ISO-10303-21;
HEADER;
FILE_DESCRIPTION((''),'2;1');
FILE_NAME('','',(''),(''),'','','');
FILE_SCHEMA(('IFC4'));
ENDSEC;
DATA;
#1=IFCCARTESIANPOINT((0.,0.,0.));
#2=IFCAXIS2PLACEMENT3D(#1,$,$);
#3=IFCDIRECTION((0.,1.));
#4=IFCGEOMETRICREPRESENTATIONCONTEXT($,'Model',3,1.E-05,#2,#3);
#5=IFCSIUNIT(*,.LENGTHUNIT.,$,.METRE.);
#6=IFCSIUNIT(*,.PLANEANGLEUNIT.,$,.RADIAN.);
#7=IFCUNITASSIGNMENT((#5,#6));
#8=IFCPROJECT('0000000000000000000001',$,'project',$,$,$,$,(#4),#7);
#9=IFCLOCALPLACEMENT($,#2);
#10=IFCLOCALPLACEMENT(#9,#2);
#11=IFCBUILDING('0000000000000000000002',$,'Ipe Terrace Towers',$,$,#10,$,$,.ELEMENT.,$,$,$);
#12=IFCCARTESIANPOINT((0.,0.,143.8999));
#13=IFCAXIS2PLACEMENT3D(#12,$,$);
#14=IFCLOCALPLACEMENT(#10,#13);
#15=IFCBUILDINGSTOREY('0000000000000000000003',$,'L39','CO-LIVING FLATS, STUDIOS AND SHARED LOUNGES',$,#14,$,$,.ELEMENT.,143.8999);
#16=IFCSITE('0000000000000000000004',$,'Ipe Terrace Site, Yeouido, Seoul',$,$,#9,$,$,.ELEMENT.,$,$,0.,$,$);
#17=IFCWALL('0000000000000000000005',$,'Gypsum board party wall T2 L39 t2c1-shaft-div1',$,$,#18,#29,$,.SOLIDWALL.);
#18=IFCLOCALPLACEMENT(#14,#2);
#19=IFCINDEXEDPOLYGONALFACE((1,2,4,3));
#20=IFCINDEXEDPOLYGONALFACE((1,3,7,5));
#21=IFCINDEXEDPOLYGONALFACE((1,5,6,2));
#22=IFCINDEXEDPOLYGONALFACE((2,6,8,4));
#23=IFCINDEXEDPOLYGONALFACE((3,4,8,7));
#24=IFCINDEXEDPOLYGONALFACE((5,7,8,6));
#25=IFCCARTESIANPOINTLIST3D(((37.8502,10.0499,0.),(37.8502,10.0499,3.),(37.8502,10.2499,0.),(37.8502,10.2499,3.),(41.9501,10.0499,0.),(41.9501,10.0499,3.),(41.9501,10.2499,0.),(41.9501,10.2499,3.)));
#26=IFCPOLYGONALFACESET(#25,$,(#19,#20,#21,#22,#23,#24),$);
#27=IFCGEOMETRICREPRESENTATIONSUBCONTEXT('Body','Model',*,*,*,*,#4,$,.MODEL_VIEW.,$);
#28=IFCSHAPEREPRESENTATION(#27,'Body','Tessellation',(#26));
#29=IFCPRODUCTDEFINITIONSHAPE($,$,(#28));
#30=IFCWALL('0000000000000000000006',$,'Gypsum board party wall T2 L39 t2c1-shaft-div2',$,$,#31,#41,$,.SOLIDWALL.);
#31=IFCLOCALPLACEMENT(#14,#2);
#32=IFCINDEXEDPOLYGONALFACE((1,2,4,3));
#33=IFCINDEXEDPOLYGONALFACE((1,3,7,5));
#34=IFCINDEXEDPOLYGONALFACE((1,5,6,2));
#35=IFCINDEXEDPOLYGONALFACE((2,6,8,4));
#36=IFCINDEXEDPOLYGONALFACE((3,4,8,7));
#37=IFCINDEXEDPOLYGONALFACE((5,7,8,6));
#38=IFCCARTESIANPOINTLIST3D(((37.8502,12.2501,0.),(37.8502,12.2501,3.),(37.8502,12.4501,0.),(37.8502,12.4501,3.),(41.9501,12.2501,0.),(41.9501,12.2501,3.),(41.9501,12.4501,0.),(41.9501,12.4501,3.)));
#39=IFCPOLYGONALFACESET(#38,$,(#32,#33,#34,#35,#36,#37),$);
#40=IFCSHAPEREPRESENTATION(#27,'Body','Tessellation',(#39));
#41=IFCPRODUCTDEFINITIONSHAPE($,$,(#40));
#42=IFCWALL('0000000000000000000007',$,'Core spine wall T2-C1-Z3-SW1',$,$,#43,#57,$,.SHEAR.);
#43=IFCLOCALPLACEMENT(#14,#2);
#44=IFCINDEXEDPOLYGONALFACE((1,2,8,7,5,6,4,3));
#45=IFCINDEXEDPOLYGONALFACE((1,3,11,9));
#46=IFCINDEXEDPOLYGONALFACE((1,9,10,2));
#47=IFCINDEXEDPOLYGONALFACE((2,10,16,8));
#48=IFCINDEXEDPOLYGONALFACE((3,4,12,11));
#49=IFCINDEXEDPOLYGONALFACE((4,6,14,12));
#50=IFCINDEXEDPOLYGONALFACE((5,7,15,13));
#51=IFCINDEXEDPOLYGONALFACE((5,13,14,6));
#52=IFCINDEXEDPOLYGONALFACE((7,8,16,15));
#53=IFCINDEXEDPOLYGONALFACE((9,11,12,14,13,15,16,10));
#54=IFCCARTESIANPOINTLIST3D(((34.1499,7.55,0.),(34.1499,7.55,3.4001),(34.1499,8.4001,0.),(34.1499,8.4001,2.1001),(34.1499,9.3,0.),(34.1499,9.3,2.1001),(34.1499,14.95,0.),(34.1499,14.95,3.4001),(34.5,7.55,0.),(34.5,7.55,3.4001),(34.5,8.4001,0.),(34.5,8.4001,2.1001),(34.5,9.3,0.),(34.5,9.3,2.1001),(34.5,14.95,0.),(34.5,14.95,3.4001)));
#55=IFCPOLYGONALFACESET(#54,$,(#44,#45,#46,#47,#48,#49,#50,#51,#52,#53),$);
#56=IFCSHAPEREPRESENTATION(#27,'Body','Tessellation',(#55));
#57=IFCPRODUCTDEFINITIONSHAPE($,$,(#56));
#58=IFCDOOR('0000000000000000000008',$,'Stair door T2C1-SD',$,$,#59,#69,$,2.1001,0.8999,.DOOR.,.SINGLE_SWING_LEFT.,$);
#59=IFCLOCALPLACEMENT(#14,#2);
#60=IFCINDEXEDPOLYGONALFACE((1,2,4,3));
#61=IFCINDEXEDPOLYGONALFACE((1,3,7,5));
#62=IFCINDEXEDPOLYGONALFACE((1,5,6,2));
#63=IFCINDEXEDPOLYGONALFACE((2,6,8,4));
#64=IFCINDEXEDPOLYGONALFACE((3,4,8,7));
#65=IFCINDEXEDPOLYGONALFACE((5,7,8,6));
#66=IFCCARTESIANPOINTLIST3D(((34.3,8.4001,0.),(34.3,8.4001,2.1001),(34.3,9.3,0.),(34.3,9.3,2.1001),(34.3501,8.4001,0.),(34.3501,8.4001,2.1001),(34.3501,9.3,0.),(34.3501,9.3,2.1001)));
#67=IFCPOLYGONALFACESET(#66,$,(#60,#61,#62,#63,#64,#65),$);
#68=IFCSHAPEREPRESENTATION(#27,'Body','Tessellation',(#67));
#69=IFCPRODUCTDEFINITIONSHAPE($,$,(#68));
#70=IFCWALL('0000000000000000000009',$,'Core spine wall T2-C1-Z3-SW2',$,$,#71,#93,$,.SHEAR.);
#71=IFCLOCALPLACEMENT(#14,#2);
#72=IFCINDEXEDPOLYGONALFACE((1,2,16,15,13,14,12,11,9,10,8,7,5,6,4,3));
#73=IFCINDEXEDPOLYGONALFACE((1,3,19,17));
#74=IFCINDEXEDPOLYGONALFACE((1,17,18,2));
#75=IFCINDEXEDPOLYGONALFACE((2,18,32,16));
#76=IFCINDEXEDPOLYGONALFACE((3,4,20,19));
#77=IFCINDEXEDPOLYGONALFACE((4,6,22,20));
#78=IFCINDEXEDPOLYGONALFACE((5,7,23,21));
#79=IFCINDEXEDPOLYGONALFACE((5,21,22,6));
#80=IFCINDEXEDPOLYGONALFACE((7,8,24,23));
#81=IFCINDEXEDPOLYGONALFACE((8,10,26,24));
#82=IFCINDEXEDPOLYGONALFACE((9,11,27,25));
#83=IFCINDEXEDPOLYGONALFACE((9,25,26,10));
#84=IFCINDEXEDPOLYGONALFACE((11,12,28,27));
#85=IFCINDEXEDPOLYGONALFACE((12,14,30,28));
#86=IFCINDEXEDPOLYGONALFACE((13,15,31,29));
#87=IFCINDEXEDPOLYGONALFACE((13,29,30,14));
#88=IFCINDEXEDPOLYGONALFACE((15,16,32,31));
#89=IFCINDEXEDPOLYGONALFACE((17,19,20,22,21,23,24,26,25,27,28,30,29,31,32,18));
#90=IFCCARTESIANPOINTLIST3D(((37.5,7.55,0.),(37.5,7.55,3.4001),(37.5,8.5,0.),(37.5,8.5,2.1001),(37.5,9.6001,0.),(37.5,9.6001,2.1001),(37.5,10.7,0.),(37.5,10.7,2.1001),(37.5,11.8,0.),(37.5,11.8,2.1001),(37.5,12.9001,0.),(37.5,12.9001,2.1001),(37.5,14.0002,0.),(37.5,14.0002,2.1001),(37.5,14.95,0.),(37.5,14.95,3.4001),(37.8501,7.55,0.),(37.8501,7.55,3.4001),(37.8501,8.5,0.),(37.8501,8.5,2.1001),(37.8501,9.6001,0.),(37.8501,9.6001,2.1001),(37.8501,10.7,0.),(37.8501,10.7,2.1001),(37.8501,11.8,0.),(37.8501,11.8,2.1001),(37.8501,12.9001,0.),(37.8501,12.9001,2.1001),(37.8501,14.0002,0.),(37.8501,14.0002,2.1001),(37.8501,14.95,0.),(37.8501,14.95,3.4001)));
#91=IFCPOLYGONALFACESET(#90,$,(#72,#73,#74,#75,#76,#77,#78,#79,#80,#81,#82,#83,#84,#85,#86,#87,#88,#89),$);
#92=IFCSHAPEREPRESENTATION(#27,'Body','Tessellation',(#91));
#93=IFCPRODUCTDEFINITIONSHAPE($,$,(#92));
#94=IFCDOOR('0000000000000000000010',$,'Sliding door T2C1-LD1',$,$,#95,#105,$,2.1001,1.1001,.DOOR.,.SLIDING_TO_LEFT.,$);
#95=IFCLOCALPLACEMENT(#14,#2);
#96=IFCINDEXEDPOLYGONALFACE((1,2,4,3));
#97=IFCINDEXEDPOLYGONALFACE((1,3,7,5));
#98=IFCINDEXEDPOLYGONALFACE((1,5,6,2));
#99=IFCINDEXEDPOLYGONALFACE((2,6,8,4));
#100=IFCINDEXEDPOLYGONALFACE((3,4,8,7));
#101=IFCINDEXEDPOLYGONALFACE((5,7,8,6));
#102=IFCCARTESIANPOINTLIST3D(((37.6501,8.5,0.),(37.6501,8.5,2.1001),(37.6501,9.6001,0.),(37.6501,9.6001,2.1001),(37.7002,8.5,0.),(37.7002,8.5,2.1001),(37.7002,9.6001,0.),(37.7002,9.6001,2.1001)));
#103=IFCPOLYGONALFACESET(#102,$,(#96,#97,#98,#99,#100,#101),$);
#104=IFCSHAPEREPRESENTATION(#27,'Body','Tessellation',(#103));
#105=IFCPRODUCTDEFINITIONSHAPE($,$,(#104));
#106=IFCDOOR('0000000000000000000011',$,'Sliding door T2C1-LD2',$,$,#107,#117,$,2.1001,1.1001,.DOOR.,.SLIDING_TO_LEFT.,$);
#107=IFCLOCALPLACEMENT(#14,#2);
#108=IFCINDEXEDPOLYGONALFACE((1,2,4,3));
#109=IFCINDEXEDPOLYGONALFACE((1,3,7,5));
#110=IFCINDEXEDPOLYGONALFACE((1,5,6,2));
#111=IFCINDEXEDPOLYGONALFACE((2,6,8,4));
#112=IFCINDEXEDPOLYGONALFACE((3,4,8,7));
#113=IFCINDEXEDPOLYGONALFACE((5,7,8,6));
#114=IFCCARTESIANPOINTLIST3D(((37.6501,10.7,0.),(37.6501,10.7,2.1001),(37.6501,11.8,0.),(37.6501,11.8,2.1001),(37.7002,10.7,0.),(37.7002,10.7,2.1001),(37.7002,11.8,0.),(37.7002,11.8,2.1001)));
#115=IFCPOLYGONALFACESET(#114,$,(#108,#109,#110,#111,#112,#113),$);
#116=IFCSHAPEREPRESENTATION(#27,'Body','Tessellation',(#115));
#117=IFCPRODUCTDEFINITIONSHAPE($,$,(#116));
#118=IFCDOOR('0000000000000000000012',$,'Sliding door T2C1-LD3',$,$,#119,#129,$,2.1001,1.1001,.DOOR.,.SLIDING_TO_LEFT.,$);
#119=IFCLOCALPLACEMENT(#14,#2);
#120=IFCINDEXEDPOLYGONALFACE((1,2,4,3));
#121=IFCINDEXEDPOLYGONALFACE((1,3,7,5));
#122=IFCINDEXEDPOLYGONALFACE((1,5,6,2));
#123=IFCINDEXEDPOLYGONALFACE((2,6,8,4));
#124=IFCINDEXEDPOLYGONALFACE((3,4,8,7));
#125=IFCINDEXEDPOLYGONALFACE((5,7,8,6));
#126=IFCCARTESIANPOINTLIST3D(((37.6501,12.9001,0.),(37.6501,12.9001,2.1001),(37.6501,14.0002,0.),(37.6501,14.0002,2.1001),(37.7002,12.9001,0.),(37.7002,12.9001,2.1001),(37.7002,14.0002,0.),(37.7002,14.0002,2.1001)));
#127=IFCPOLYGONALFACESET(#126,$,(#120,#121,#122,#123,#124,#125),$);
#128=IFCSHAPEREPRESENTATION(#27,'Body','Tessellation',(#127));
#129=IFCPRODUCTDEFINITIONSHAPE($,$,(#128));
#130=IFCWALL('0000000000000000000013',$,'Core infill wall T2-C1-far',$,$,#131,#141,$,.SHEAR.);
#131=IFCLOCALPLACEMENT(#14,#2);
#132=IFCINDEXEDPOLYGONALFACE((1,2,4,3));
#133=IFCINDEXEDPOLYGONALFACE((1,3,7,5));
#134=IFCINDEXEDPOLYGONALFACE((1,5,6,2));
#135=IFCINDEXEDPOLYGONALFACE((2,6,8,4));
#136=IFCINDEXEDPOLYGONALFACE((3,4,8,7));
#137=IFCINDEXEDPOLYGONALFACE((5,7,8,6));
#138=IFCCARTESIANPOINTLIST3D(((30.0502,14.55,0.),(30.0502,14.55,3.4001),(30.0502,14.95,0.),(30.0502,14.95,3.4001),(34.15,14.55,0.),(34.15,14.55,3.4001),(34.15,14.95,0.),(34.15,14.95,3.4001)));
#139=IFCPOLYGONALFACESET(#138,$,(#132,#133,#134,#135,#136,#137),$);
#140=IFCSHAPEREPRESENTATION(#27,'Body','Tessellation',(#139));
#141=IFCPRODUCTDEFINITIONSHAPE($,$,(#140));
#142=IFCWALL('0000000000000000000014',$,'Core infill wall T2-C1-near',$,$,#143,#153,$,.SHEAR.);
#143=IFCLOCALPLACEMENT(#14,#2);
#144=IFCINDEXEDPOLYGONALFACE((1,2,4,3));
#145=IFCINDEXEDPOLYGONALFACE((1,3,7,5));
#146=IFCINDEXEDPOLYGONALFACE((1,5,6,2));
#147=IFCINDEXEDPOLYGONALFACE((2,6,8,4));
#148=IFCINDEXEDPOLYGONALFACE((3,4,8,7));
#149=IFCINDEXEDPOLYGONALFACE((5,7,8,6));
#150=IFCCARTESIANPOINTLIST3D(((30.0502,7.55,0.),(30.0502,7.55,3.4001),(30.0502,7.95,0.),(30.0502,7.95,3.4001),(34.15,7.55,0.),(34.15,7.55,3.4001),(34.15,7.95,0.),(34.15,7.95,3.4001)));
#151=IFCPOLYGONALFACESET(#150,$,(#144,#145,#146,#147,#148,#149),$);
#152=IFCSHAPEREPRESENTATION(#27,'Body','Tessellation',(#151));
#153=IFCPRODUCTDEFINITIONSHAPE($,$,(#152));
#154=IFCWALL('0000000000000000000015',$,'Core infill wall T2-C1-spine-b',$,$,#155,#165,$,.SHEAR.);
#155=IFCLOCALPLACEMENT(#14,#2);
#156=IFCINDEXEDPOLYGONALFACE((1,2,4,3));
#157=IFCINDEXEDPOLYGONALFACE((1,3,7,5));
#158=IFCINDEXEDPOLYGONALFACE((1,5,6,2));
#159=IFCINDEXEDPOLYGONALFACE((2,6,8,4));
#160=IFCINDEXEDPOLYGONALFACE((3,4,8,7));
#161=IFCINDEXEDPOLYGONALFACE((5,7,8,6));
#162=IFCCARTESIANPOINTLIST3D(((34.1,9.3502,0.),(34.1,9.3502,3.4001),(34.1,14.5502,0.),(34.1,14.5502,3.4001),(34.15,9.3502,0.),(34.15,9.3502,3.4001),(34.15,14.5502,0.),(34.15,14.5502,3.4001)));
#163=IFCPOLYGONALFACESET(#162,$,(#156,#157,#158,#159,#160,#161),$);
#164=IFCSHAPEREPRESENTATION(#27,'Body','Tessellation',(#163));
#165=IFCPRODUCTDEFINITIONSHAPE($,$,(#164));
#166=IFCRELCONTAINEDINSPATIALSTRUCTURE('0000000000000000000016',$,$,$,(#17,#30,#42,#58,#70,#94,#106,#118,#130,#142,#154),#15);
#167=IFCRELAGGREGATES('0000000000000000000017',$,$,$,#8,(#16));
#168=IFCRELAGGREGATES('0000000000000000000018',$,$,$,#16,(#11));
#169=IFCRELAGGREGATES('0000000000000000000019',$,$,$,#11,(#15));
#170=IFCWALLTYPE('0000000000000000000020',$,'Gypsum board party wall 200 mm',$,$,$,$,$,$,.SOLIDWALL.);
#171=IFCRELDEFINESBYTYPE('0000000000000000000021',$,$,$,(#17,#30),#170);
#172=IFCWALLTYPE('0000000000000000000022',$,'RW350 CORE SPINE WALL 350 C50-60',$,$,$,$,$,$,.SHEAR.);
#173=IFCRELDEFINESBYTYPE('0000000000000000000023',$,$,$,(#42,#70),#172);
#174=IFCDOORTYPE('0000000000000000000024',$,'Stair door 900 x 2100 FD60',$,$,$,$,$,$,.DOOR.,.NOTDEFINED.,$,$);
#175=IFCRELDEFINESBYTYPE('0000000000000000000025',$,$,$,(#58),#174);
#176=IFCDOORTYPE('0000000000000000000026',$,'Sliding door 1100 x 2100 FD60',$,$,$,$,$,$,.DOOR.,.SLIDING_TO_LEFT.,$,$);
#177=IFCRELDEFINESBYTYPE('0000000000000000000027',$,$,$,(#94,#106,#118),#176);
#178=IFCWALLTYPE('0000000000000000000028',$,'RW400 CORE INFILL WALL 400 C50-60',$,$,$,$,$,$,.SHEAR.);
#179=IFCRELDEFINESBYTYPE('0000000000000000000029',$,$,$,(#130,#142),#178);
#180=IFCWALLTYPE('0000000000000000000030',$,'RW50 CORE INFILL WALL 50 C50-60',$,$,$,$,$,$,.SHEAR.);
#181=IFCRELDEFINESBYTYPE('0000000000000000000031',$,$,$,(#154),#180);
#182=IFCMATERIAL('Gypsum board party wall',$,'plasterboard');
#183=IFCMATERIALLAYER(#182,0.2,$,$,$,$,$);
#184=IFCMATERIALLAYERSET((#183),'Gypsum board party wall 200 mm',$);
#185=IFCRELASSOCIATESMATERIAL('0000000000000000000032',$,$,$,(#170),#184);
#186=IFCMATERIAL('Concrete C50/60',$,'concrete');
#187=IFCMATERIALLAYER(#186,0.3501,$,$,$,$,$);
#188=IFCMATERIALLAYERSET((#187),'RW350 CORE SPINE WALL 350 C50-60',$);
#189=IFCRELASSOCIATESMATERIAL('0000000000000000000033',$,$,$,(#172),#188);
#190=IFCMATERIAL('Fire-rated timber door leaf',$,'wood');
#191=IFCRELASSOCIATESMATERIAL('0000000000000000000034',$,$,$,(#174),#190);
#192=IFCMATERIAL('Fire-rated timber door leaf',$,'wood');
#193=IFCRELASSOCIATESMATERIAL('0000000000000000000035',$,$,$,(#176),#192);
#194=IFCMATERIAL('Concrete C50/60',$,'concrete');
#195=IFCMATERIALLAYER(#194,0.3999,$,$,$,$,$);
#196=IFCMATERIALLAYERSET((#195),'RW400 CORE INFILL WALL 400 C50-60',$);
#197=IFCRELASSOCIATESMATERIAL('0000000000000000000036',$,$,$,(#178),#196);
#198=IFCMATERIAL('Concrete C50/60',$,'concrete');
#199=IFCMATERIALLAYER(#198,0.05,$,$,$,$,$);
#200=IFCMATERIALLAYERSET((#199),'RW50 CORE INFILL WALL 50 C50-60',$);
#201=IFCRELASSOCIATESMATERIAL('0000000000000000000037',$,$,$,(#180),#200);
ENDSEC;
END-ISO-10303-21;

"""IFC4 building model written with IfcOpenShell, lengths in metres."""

from ifc_helpers import new_model, si_unit, direction, frame, frame_2d, origin, place, context, subcontext, project, spatial, rectangle, extrude, material, layer, layer_set, type_object, element, fill, save


model = new_model("IFC4")

# Units and contexts
model_context = context("Model", 3, precision=1e-05, world=origin(), true_north=direction((0.0, 1.0)))
body_context = subcontext(model_context, "Body", "Model", "MODEL_VIEW")
ifc_project = project(units=[si_unit("LENGTHUNIT", "METRE"), si_unit("PLANEANGLEUNIT", "RADIAN")], contexts=[model_context])

# Site, building, storey
site_placement = place(None, origin())
site = spatial("IfcSite", under=ifc_project, at=site_placement, Name="Ipe Terrace Site, Yeouido, Seoul", CompositionType="ELEMENT", RefElevation=0.0)
building_placement = place(site_placement, origin())
building = spatial("IfcBuilding", under=site, at=building_placement, Name="Ipe Terrace Towers", CompositionType="ELEMENT")
storey_placement = place(building_placement, frame((0.0, 0.0, 143.8999)))
storey = spatial("IfcBuildingStorey", under=building, at=storey_placement, Name="L39", Description="CO-LIVING FLATS, STUDIOS AND SHARED LOUNGES", CompositionType="ELEMENT", Elevation=143.8999)

# Walls
ifc_material_1 = material(Name="Gypsum board party wall", Category="plasterboard")
ifc_layer_1 = layer(ifc_material_1, 0.2)
ifc_layer_set_1 = layer_set([ifc_layer_1], Name="Gypsum board party wall 200 mm")
wall_type_1 = type_object("IfcWallType", Name="Gypsum board party wall 200 mm", PredefinedType="SOLIDWALL", material=ifc_layer_set_1)
for number, where, z_axis, x_axis, name in (
    (1, (41.95, 10.1499, 0.0), (0.0, 0.0, 1.0), (-1.0, 0.0, 0.0), "Gypsum board party wall T2 L39 t2c1-shaft-div1"),
    (2, (41.95, 12.3501, 0.0), (0.0, 0.0, 1.0), (-1.0, 0.0, 0.0), "Gypsum board party wall T2 L39 t2c1-shaft-div2"),
):
    element("IfcWall", number, at=place(storey_placement, frame(where, z_axis=z_axis, x_axis=x_axis)), inside=storey, type_object=wall_type_1, Name=name, PredefinedType="SOLIDWALL", context=body_context, shape_type="SweptSolid", body=[
        extrude(rectangle(XDim=4.0999, YDim=0.2, at=frame_2d((2.0498, 0.0))), origin(), (0.0, 0.0, 1.0), 3.0),
    ])

# Wall, opening, door
ifc_material_2 = material(Name="Concrete C50/60", Category="concrete")
ifc_layer_2 = layer(ifc_material_2, 0.3501)
ifc_layer_set_2 = layer_set([ifc_layer_2], Name="RW350 CORE SPINE WALL 350 C50-60")
wall_type_2 = type_object("IfcWallType", Name="RW350 CORE SPINE WALL 350 C50-60", PredefinedType="SHEAR", material=ifc_layer_set_2)
wall_1_placement = place(storey_placement, frame((34.325, 7.55, 0.0), z_axis=(0.0, 0.0, 1.0), x_axis=(0.0, 1.0, 0.0)))
wall_1 = element("IfcWall", 3, at=wall_1_placement, inside=storey, type_object=wall_type_2, Name="Core spine wall T2-C1-Z3-SW1", PredefinedType="SHEAR", context=body_context, shape_type="SweptSolid", body=[
    extrude(rectangle(XDim=7.3999, YDim=0.3501, at=frame_2d((3.7, 0.0))), origin(), (0.0, 0.0, 1.0), 3.4001),
])
opening_1_placement = place(wall_1_placement, frame((0.8501, 0.0, 0.0)))
opening_1 = element("IfcOpeningElement", 4, at=opening_1_placement, cuts=wall_1, PredefinedType="OPENING", context=body_context, shape_type="SweptSolid", body=[
    extrude(rectangle(XDim=0.8999, YDim=2.1001, at=frame_2d((0.45, 1.05))), frame((0.0, 0.1851, 0.0), z_axis=(0.0, -1.0, 0.0), x_axis=(1.0, 0.0, 0.0)), (0.0, 0.0, 1.0), 0.3701),
])
ifc_material_3 = material(Name="Fire-rated timber door leaf", Category="wood")
door_type_1 = type_object("IfcDoorType", Name="Stair door 900 x 2100 FD60", OperationType="NOTDEFINED", PredefinedType="DOOR", material=ifc_material_3)
door_1_placement = place(opening_1_placement, origin())
door_1 = element("IfcDoor", 5, at=door_1_placement, inside=storey, type_object=door_type_1, Name="Stair door T2C1-SD", OperationType="SINGLE_SWING_LEFT", OverallHeight=2.1001, OverallWidth=0.8999, PredefinedType="DOOR", context=body_context, shape_type="SweptSolid", body=[
    extrude(rectangle(XDim=0.8999, YDim=2.1001, at=frame_2d((0.45, 1.05))), frame((0.0, 0.0249, 0.0), z_axis=(0.0, -1.0, 0.0), x_axis=(1.0, 0.0, 0.0)), (0.0, 0.0, 1.0), 0.05),
])
fill(opening_1, door_1)

# Wall, openings, doors
wall_2_placement = place(storey_placement, frame((37.675, 7.55, 0.0), z_axis=(0.0, 0.0, 1.0), x_axis=(0.0, 1.0, 0.0)))
wall_2 = element("IfcWall", 6, at=wall_2_placement, inside=storey, type_object=wall_type_2, Name="Core spine wall T2-C1-Z3-SW2", PredefinedType="SHEAR", context=body_context, shape_type="SweptSolid", body=[
    extrude(rectangle(XDim=7.3999, YDim=0.3501, at=frame_2d((3.7, 0.0))), origin(), (0.0, 0.0, 1.0), 3.4001),
])
opening_2_placement = place(wall_2_placement, frame((0.95, 0.0, 0.0)))
opening_2 = element("IfcOpeningElement", 7, at=opening_2_placement, cuts=wall_2, PredefinedType="OPENING", context=body_context, shape_type="SweptSolid", body=[
    extrude(rectangle(XDim=1.1001, YDim=2.1001, at=frame_2d((0.55, 1.05))), frame((0.0, 0.1851, 0.0), z_axis=(0.0, -1.0, 0.0), x_axis=(1.0, 0.0, 0.0)), (0.0, 0.0, 1.0), 0.3701),
])
opening_3_placement = place(wall_2_placement, frame((3.1499, 0.0, 0.0)))
opening_3 = element("IfcOpeningElement", 8, at=opening_3_placement, cuts=wall_2, PredefinedType="OPENING", context=body_context, shape_type="SweptSolid", body=[
    extrude(rectangle(XDim=1.1001, YDim=2.1001, at=frame_2d((0.55, 1.05))), frame((0.0, 0.1851, 0.0), z_axis=(0.0, -1.0, 0.0), x_axis=(1.0, 0.0, 0.0)), (0.0, 0.0, 1.0), 0.3701),
])
opening_4_placement = place(wall_2_placement, frame((5.3501, 0.0, 0.0)))
opening_4 = element("IfcOpeningElement", 9, at=opening_4_placement, cuts=wall_2, PredefinedType="OPENING", context=body_context, shape_type="SweptSolid", body=[
    extrude(rectangle(XDim=1.1001, YDim=2.1001, at=frame_2d((0.55, 1.05))), frame((0.0, 0.1851, 0.0), z_axis=(0.0, -1.0, 0.0), x_axis=(1.0, 0.0, 0.0)), (0.0, 0.0, 1.0), 0.3701),
])
ifc_material_4 = material(Name="Fire-rated timber door leaf", Category="wood")
door_type_2 = type_object("IfcDoorType", Name="Sliding door 1100 x 2100 FD60", OperationType="SLIDING_TO_LEFT", PredefinedType="DOOR", material=ifc_material_4)
door_2_placement = place(opening_2_placement, origin())
door_2 = element("IfcDoor", 10, at=door_2_placement, inside=storey, type_object=door_type_2, Name="Sliding door T2C1-LD1", OperationType="SLIDING_TO_LEFT", OverallHeight=2.1001, OverallWidth=1.1001, PredefinedType="DOOR", context=body_context, shape_type="SweptSolid", body=[
    extrude(rectangle(XDim=1.1001, YDim=2.1001, at=frame_2d((0.55, 1.05))), frame((0.0, 0.0249, 0.0), z_axis=(0.0, -1.0, 0.0), x_axis=(1.0, 0.0, 0.0)), (0.0, 0.0, 1.0), 0.05),
])
fill(opening_2, door_2)
door_3_placement = place(opening_3_placement, origin())
door_3 = element("IfcDoor", 11, at=door_3_placement, inside=storey, type_object=door_type_2, Name="Sliding door T2C1-LD2", OperationType="SLIDING_TO_LEFT", OverallHeight=2.1001, OverallWidth=1.1001, PredefinedType="DOOR", context=body_context, shape_type="SweptSolid", body=[
    extrude(rectangle(XDim=1.1001, YDim=2.1001, at=frame_2d((0.55, 1.05))), frame((0.0, 0.0249, 0.0), z_axis=(0.0, -1.0, 0.0), x_axis=(1.0, 0.0, 0.0)), (0.0, 0.0, 1.0), 0.05),
])
fill(opening_3, door_3)
door_4_placement = place(opening_4_placement, origin())
door_4 = element("IfcDoor", 12, at=door_4_placement, inside=storey, type_object=door_type_2, Name="Sliding door T2C1-LD3", OperationType="SLIDING_TO_LEFT", OverallHeight=2.1001, OverallWidth=1.1001, PredefinedType="DOOR", context=body_context, shape_type="SweptSolid", body=[
    extrude(rectangle(XDim=1.1001, YDim=2.1001, at=frame_2d((0.55, 1.05))), frame((0.0, 0.0249, 0.0), z_axis=(0.0, -1.0, 0.0), x_axis=(1.0, 0.0, 0.0)), (0.0, 0.0, 1.0), 0.05),
])
fill(opening_4, door_4)

# Walls
ifc_material_5 = material(Name="Concrete C50/60", Category="concrete")
ifc_layer_3 = layer(ifc_material_5, 0.3999)
ifc_layer_set_3 = layer_set([ifc_layer_3], Name="RW400 CORE INFILL WALL 400 C50-60")
wall_type_3 = type_object("IfcWallType", Name="RW400 CORE INFILL WALL 400 C50-60", PredefinedType="SHEAR", material=ifc_layer_set_3)
for number, where, z_axis, x_axis, name in (
    (13, (34.1499, 14.75, 0.0), (0.0, 0.0, 1.0), (-1.0, 0.0, 0.0), "Core infill wall T2-C1-far"),
    (14, (34.1499, 7.75, 0.0), (0.0, 0.0, 1.0), (-1.0, 0.0, 0.0), "Core infill wall T2-C1-near"),
):
    element("IfcWall", number, at=place(storey_placement, frame(where, z_axis=z_axis, x_axis=x_axis)), inside=storey, type_object=wall_type_3, Name=name, PredefinedType="SHEAR", context=body_context, shape_type="SweptSolid", body=[
        extrude(rectangle(XDim=4.0999, YDim=0.3999, at=frame_2d((2.0498, 0.0))), origin(), (0.0, 0.0, 1.0), 3.4001),
    ])
ifc_material_6 = material(Name="Concrete C50/60", Category="concrete")
ifc_layer_4 = layer(ifc_material_6, 0.05)
ifc_layer_set_4 = layer_set([ifc_layer_4], Name="RW50 CORE INFILL WALL 50 C50-60")
wall_type_4 = type_object("IfcWallType", Name="RW50 CORE INFILL WALL 50 C50-60", PredefinedType="SHEAR", material=ifc_layer_set_4)
wall_3_placement = place(storey_placement, frame((34.125, 9.3501, 0.0), z_axis=(0.0, 0.0, 1.0), x_axis=(0.0, 1.0, 0.0)))
element("IfcWall", 15, at=wall_3_placement, inside=storey, type_object=wall_type_4, Name="Core infill wall T2-C1-spine-b", PredefinedType="SHEAR", context=body_context, shape_type="SweptSolid", body=[
    extrude(rectangle(XDim=5.2, YDim=0.05, at=frame_2d((2.6001, 0.0))), origin(), (0.0, 0.0, 1.0), 3.4001),
])

save(model, "model.ifc")
